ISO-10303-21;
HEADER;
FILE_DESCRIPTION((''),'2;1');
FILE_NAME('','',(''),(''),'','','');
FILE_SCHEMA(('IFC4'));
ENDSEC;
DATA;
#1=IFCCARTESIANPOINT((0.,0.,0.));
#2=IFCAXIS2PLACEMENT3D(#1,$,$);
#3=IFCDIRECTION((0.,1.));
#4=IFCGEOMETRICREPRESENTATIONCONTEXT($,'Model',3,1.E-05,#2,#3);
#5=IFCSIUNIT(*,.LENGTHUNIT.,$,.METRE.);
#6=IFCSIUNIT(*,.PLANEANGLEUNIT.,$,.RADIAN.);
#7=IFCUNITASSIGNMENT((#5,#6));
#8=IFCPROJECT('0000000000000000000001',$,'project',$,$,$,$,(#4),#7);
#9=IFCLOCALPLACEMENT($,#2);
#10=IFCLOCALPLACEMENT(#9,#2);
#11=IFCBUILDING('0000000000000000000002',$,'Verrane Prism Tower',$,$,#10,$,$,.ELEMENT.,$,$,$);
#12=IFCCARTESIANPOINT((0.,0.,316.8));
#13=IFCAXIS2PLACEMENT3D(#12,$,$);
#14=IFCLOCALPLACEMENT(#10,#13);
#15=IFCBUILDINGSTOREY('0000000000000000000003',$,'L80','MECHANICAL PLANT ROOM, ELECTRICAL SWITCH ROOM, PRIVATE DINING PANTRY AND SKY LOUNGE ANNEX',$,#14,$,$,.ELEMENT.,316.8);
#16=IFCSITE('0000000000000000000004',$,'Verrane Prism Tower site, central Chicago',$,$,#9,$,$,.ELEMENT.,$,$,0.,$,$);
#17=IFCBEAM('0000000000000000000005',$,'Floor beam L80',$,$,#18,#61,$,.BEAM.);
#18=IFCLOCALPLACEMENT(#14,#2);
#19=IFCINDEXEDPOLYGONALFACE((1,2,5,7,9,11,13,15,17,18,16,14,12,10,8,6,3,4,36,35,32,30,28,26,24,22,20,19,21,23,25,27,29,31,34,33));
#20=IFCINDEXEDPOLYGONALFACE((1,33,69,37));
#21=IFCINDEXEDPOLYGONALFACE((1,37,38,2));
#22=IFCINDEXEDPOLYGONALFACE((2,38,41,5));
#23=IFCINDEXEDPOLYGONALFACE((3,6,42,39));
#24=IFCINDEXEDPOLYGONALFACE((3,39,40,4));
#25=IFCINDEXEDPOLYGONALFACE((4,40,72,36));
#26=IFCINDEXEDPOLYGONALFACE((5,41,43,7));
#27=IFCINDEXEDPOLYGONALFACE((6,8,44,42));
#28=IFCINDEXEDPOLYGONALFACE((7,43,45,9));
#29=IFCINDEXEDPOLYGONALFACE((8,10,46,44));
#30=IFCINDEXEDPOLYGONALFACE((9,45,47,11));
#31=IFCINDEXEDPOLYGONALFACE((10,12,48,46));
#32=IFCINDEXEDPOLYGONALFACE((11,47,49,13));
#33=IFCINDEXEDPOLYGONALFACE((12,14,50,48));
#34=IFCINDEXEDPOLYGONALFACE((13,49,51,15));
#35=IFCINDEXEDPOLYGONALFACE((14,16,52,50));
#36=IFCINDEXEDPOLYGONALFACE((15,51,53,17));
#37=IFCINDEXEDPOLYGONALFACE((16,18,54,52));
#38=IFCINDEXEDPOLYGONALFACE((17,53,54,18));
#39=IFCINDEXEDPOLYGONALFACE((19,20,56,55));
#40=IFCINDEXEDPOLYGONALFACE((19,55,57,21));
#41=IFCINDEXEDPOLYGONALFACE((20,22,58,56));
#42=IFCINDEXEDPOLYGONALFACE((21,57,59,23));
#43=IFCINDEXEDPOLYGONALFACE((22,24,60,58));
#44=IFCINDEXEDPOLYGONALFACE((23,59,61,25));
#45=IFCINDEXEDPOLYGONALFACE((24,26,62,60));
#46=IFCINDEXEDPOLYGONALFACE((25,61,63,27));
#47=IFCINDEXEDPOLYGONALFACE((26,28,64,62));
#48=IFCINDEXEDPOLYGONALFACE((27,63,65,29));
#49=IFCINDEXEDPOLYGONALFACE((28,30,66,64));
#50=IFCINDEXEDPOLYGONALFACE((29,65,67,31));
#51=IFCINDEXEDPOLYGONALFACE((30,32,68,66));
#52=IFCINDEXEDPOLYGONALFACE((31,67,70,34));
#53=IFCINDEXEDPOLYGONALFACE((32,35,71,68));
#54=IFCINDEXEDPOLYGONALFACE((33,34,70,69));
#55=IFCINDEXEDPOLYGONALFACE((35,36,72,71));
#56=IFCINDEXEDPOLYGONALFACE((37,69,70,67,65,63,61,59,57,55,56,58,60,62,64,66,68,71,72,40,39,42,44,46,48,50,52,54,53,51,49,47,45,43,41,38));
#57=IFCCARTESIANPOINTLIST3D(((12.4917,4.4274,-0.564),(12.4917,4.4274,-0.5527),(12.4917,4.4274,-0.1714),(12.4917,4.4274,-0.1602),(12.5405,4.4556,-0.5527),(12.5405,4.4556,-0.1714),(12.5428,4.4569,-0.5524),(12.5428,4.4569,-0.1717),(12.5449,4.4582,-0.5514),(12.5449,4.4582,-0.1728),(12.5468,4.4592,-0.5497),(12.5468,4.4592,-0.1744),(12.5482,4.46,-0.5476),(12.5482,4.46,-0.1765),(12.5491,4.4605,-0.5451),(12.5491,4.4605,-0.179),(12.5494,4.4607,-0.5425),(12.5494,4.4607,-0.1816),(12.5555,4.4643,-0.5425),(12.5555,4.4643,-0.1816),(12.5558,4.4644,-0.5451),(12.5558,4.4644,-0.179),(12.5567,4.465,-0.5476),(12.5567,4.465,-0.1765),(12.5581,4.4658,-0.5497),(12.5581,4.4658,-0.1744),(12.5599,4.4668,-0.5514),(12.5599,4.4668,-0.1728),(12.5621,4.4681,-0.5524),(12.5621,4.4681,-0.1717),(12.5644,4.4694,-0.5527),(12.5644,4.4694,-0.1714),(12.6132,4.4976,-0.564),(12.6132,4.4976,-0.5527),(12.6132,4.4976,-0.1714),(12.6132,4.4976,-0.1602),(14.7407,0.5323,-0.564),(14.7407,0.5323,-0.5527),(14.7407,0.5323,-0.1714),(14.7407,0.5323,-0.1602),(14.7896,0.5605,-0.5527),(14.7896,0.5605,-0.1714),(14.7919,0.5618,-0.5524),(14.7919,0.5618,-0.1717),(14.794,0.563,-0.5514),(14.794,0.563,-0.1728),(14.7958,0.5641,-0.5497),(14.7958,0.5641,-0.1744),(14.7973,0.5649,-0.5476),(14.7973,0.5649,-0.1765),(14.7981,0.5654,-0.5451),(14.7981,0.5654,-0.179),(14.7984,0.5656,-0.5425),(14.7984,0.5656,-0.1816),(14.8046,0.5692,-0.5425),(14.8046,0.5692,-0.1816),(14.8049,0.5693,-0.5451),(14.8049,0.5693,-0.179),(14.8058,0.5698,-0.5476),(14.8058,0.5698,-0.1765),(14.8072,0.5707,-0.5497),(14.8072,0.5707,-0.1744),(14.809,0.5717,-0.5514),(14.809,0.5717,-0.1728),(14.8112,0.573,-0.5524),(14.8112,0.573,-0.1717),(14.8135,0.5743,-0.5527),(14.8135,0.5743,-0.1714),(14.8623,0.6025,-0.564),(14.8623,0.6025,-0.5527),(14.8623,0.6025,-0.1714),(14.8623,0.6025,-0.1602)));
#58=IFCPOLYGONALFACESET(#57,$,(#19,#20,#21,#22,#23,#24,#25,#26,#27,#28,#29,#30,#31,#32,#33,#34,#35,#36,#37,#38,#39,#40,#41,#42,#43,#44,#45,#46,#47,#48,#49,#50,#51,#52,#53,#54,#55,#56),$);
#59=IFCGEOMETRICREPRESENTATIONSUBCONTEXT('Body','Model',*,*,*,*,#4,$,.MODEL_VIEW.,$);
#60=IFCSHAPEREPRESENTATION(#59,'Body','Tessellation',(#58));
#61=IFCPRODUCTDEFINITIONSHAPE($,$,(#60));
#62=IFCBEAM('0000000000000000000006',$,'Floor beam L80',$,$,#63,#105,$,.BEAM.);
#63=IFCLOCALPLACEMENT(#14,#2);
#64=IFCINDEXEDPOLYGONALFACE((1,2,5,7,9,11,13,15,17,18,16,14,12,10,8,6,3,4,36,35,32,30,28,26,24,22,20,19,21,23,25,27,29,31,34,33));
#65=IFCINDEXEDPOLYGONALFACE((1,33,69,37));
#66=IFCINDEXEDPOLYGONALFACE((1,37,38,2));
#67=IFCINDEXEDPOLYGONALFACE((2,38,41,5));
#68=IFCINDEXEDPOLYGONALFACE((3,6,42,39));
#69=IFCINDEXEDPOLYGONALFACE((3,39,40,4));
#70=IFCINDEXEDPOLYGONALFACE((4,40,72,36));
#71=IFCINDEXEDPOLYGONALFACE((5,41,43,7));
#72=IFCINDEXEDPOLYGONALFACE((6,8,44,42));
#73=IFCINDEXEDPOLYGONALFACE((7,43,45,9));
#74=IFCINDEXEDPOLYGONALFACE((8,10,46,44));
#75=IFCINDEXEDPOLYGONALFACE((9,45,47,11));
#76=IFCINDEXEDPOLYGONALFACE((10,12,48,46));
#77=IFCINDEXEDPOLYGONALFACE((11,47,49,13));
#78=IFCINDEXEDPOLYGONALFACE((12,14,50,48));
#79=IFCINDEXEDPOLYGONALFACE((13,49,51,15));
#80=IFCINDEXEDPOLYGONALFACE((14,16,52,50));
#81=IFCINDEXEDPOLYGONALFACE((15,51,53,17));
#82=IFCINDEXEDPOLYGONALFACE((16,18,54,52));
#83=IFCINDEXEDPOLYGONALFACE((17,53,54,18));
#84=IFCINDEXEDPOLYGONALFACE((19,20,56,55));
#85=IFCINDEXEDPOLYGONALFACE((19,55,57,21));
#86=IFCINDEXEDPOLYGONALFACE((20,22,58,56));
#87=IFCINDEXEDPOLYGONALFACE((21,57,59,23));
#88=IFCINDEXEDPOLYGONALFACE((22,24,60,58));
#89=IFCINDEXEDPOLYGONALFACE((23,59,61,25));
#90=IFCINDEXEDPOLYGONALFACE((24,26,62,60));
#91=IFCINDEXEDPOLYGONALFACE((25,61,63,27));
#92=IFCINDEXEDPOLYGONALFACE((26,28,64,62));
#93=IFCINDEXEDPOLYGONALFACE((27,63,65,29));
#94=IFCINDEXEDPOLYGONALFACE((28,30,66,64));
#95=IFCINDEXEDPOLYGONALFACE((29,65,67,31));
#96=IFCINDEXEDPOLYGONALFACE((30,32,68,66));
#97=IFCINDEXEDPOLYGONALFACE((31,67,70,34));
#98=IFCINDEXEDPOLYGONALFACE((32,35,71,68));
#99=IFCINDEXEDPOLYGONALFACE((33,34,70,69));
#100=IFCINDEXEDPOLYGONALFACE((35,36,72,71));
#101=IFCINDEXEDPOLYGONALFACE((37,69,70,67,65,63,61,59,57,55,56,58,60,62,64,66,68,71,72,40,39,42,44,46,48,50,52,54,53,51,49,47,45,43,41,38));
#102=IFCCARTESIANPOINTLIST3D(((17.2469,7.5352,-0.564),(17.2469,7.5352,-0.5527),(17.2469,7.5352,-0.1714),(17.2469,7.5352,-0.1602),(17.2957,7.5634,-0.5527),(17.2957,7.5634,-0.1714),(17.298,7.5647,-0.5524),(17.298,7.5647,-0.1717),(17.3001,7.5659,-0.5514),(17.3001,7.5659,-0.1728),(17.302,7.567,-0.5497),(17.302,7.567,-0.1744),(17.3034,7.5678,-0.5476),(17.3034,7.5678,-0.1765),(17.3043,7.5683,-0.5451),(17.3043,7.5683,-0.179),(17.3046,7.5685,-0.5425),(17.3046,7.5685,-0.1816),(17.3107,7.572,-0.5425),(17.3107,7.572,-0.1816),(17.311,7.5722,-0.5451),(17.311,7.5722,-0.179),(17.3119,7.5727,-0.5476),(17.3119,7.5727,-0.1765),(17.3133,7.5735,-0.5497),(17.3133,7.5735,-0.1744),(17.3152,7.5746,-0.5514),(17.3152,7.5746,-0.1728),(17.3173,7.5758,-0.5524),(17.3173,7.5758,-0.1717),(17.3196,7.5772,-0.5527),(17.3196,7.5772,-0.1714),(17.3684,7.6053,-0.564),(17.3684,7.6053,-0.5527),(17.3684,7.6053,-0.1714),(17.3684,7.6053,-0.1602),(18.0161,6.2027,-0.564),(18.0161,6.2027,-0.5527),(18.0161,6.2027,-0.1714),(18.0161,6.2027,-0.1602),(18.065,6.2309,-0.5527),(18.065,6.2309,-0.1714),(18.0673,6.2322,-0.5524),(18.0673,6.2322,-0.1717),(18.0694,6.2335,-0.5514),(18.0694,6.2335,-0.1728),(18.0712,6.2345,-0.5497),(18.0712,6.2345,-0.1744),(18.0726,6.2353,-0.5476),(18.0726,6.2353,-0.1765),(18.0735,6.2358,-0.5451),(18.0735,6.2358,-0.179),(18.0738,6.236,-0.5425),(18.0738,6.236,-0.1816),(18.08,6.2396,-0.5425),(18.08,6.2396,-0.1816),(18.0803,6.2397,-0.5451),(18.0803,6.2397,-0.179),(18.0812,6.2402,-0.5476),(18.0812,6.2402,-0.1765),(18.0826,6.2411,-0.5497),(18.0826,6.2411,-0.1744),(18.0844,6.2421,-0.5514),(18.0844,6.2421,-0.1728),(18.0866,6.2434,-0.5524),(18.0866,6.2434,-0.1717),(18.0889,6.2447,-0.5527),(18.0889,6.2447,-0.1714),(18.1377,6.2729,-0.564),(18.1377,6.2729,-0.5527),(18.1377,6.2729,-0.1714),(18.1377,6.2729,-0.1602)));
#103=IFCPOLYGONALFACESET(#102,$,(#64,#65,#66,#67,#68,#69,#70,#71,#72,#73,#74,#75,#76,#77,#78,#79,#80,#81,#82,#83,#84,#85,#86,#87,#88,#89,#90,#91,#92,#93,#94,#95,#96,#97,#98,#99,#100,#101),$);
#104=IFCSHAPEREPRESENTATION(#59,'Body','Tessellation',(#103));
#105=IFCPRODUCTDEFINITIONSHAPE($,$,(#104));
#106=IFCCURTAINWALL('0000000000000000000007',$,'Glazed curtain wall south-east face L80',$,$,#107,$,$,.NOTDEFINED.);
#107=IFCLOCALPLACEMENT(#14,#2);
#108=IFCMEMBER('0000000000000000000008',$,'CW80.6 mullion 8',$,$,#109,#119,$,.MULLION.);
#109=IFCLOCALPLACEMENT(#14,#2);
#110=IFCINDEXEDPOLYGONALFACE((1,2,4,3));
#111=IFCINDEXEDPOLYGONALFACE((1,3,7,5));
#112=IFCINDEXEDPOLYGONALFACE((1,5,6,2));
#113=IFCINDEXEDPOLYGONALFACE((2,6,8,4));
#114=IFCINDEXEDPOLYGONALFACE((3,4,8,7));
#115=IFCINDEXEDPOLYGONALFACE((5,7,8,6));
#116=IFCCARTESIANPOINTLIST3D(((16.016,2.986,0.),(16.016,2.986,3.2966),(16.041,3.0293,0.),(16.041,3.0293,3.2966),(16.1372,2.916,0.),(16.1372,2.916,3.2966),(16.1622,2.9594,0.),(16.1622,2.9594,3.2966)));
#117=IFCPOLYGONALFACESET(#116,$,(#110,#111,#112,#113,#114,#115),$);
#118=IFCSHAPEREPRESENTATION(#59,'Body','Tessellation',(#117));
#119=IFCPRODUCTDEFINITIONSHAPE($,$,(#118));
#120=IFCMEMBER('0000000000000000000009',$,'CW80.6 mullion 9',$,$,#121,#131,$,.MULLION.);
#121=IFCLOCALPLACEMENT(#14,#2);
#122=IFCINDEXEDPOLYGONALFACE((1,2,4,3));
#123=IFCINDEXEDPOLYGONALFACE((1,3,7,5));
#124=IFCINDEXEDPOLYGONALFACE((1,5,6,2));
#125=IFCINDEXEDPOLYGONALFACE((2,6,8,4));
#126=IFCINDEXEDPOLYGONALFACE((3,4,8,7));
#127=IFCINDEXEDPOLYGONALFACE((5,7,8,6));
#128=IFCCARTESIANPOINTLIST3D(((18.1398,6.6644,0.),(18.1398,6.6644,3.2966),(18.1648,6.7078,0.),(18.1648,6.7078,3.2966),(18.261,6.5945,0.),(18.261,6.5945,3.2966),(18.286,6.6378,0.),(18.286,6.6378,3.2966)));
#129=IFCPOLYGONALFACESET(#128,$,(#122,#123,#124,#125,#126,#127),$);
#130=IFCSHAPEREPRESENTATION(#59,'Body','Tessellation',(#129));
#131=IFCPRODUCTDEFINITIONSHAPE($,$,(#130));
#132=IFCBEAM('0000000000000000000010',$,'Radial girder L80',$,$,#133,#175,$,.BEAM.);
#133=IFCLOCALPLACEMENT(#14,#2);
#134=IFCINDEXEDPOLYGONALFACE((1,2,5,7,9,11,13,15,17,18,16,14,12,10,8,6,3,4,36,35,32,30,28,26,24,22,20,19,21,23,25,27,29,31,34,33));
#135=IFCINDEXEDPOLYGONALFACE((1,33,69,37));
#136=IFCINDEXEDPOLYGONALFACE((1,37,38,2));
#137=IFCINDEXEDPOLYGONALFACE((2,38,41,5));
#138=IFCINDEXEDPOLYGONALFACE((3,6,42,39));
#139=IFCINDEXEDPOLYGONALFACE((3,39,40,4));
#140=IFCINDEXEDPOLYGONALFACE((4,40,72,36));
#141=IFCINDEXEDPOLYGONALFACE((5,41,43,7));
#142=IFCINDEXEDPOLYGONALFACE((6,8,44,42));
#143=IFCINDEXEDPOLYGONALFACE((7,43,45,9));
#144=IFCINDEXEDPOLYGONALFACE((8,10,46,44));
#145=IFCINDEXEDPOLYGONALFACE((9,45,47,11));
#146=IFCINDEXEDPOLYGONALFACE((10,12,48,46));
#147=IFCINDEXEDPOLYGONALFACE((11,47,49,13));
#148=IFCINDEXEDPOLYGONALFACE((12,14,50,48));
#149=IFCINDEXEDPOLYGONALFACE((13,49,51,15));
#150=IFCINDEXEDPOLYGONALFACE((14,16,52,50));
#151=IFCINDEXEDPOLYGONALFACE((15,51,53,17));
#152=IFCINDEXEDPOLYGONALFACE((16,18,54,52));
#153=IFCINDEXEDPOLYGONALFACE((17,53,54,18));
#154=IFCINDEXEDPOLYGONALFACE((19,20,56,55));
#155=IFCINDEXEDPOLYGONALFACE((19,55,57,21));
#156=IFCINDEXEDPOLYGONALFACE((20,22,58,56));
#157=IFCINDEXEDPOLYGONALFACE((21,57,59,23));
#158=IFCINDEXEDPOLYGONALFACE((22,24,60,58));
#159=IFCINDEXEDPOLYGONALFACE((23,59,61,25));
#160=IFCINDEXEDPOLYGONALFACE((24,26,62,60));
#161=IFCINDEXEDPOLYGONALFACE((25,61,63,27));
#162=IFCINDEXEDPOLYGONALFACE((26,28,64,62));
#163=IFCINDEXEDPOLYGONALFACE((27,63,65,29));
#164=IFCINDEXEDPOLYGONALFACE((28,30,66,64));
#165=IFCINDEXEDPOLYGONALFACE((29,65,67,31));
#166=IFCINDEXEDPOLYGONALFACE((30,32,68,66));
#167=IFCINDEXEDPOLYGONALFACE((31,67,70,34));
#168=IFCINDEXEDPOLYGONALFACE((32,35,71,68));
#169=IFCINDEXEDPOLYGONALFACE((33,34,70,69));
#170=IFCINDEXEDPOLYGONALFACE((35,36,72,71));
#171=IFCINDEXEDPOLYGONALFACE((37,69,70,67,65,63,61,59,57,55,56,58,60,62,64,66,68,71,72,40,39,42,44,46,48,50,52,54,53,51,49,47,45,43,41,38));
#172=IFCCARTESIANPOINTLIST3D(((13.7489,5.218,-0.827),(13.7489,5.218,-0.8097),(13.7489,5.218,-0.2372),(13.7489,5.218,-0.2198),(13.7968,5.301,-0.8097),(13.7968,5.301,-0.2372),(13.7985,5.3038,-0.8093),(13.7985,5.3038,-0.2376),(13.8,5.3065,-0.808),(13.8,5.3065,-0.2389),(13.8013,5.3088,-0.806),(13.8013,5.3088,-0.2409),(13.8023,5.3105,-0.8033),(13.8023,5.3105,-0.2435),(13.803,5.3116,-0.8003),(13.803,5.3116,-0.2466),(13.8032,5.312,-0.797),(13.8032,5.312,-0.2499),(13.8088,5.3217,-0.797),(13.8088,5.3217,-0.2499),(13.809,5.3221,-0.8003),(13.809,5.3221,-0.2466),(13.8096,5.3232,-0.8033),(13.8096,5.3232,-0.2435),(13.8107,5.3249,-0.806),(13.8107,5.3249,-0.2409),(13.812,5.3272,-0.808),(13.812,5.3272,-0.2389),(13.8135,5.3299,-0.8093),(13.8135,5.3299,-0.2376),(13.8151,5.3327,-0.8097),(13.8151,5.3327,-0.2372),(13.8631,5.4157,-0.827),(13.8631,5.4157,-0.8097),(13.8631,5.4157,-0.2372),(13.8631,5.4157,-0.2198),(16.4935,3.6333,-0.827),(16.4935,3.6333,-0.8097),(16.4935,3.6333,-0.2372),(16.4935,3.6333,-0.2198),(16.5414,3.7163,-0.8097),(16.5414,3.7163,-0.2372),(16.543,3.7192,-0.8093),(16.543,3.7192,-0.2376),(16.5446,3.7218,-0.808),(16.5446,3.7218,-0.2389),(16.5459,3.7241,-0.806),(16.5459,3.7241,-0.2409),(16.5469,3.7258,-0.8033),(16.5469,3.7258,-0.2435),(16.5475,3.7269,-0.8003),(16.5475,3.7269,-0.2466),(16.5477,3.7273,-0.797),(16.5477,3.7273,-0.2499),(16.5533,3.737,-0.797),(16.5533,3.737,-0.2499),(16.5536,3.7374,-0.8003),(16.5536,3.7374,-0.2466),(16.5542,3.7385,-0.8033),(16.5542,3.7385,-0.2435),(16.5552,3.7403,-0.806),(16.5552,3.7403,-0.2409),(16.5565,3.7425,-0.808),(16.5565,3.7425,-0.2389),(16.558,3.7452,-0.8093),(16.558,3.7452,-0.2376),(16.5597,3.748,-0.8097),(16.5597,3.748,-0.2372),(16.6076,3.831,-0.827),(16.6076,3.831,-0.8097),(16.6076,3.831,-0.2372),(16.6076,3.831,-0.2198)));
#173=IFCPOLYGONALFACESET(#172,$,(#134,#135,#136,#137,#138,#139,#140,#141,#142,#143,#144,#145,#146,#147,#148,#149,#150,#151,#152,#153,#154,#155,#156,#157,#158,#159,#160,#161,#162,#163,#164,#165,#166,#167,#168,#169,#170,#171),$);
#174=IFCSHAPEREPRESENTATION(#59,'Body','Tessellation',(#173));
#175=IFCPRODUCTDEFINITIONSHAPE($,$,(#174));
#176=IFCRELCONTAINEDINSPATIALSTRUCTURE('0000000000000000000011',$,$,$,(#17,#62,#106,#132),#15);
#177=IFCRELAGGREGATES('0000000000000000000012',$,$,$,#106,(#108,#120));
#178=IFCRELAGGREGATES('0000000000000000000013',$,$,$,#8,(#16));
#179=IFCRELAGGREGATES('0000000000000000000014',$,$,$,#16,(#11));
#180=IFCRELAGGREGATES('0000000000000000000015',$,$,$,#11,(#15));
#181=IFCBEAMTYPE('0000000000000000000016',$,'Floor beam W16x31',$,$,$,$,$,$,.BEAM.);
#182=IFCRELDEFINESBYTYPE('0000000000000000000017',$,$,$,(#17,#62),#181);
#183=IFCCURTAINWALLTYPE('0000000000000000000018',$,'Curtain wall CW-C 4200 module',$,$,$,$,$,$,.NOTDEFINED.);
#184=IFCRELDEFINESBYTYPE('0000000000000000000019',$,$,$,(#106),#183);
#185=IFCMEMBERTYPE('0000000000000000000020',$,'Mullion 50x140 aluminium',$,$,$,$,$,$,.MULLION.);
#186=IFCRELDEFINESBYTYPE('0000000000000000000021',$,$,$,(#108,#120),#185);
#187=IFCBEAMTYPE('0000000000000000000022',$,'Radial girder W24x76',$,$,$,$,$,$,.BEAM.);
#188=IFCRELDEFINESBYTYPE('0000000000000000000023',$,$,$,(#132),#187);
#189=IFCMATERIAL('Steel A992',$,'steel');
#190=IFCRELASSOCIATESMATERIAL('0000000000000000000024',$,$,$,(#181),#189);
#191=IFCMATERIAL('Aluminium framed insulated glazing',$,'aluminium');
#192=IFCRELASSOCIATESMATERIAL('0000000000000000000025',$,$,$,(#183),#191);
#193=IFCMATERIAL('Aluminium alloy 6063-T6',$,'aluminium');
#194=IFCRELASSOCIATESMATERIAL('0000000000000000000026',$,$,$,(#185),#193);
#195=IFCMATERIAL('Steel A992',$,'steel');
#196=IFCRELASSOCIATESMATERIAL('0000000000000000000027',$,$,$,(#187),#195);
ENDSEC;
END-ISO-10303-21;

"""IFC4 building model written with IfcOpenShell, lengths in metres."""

from ifc_helpers import new_model, si_unit, direction, frame, origin, origin_2d, place, context, subcontext, project, spatial, rectangle, i_section, extrude, material, material_profile, profile_set, type_object, element, aggregate, save


model = new_model("IFC4")

# Units and contexts
model_context = context("Model", 3, precision=1e-05, world=origin(), true_north=direction((0.0, 1.0)))
body_context = subcontext(model_context, "Body", "Model", "MODEL_VIEW")
ifc_project = project(units=[si_unit("LENGTHUNIT", "METRE"), si_unit("PLANEANGLEUNIT", "RADIAN")], contexts=[model_context])

# Site, building, storey
site_placement = place(None, origin())
site = spatial("IfcSite", under=ifc_project, at=site_placement, Name="Verrane Prism Tower site, central Chicago", CompositionType="ELEMENT", RefElevation=0.0)
building_placement = place(site_placement, origin())
building = spatial("IfcBuilding", under=site, at=building_placement, Name="Verrane Prism Tower", CompositionType="ELEMENT")
storey_placement = place(building_placement, frame((0.0, 0.0, 316.8)))
storey = spatial("IfcBuildingStorey", under=building, at=storey_placement, Name="L80", Description="MECHANICAL PLANT ROOM, ELECTRICAL SWITCH ROOM, PRIVATE DINING PANTRY AND SKY LOUNGE ANNEX", CompositionType="ELEMENT", Elevation=316.8)

# Beams
ifc_material_1 = material(Name="Steel A992", Category="steel")
ifc_material_profile_1 = material_profile(ifc_material_1, i_section(OverallWidth=0.1404, OverallDepth=0.4038, WebThickness=0.0071, FlangeThickness=0.0112, FilletRadius=0.0103, at=origin_2d()), Name="W16x31")
ifc_profile_set_1 = profile_set([ifc_material_profile_1], Name="Steel A992")
beam_type_1 = type_object("IfcBeamType", Name="Floor beam W16x31", PredefinedType="BEAM", material=ifc_profile_set_1)
beam_1_placement = place(storey_placement, frame((14.8015, 0.5674, -0.3621), z_axis=(-0.500039, 0.866003, 0.0), x_axis=(-0.866003, -0.500039, 0.0)))
element("IfcBeam", 1, at=beam_1_placement, inside=storey, type_object=beam_type_1, Name="Floor beam L80", PredefinedType="BEAM", context=body_context, shape_type="SweptSolid", body=[
    extrude(i_section(OverallWidth=0.1404, OverallDepth=0.4038, WebThickness=0.0071, FlangeThickness=0.0112, FilletRadius=0.0103, at=origin_2d()), origin(), (0.0, 0.0, 1.0), 4.4978),
])
beam_2_placement = place(storey_placement, frame((18.0769, 6.2378, -0.3621), z_axis=(-0.499979, 0.866038, 0.0), x_axis=(-0.866038, -0.499979, 0.0)))
element("IfcBeam", 2, at=beam_2_placement, inside=storey, type_object=beam_type_1, Name="Floor beam L80", PredefinedType="BEAM", context=body_context, shape_type="SweptSolid", body=[
    extrude(i_section(OverallWidth=0.1404, OverallDepth=0.4038, WebThickness=0.0071, FlangeThickness=0.0112, FilletRadius=0.0103, at=origin_2d()), origin(), (0.0, 0.0, 1.0), 1.5386),
])

# Curtain wall, members
ifc_material_2 = material(Name="Aluminium framed insulated glazing", Category="aluminium")
curtain_wall_type = type_object("IfcCurtainWallType", Name="Curtain wall CW-C 4200 module", PredefinedType="NOTDEFINED", material=ifc_material_2)
curtain_wall_placement = place(storey_placement, origin())
curtain_wall = element("IfcCurtainWall", 3, at=curtain_wall_placement, inside=storey, type_object=curtain_wall_type, Name="Glazed curtain wall south-east face L80", PredefinedType="NOTDEFINED")
ifc_material_3 = material(Name="Aluminium alloy 6063-T6", Category="aluminium")
ifc_material_profile_2 = material_profile(ifc_material_3, rectangle(XDim=0.1399, YDim=0.05, at=origin_2d()), Name="Mullion 50x140 aluminium")
ifc_profile_set_2 = profile_set([ifc_material_profile_2], Name="Aluminium alloy 6063-T6")
member_type_1 = type_object("IfcMemberType", Name="Mullion 50x140 aluminium", PredefinedType="MULLION", material=ifc_profile_set_2)
member_1_placement = place(storey_placement, frame((16.0891, 2.9727, 0.0), z_axis=(0.0, 0.0, 1.0), x_axis=(-0.866025, 0.5, 0.0)))
member_1 = element("IfcMember", 4, at=member_1_placement, type_object=member_type_1, Name="CW80.6 mullion 8", PredefinedType="MULLION", context=body_context, shape_type="SweptSolid", body=[
    extrude(rectangle(XDim=0.1399, YDim=0.05, at=origin_2d()), origin(), (0.0, 0.0, 1.0), 3.2966),
])
member_2_placement = place(storey_placement, frame((18.2129, 6.6511, 0.0), z_axis=(0.0, 0.0, 1.0), x_axis=(-0.866025, 0.5, 0.0)))
member_2 = element("IfcMember", 5, at=member_2_placement, type_object=member_type_1, Name="CW80.6 mullion 9", PredefinedType="MULLION", context=body_context, shape_type="SweptSolid", body=[
    extrude(rectangle(XDim=0.1399, YDim=0.05, at=origin_2d()), origin(), (0.0, 0.0, 1.0), 3.2966),
])

# Beam
ifc_material_4 = material(Name="Steel A992", Category="steel")
ifc_material_profile_3 = material_profile(ifc_material_4, i_section(OverallWidth=0.2283, OverallDepth=0.6072, WebThickness=0.0112, FlangeThickness=0.0173, FilletRadius=0.0127, at=origin_2d()), Name="W24x76")
ifc_profile_set_3 = profile_set([ifc_material_profile_3], Name="Steel A992")
beam_type_2 = type_object("IfcBeamType", Name="Radial girder W24x76", PredefinedType="BEAM", material=ifc_profile_set_3)
beam_3_placement = place(storey_placement, frame((16.5505, 3.7322, -0.5234), z_axis=(-0.866011, 0.500025, 0.0), x_axis=(-0.500025, -0.866011, 0.0)))
element("IfcBeam", 6, at=beam_3_placement, inside=storey, type_object=beam_type_2, Name="Radial girder L80", PredefinedType="BEAM", context=body_context, shape_type="SweptSolid", body=[
    extrude(i_section(OverallWidth=0.2283, OverallDepth=0.6072, WebThickness=0.0112, FlangeThickness=0.0173, FilletRadius=0.0127, at=origin_2d()), origin(), (0.0, 0.0, 1.0), 3.1692),
])

aggregate(curtain_wall, [member_1, member_2])

save(model, "model.ifc")
